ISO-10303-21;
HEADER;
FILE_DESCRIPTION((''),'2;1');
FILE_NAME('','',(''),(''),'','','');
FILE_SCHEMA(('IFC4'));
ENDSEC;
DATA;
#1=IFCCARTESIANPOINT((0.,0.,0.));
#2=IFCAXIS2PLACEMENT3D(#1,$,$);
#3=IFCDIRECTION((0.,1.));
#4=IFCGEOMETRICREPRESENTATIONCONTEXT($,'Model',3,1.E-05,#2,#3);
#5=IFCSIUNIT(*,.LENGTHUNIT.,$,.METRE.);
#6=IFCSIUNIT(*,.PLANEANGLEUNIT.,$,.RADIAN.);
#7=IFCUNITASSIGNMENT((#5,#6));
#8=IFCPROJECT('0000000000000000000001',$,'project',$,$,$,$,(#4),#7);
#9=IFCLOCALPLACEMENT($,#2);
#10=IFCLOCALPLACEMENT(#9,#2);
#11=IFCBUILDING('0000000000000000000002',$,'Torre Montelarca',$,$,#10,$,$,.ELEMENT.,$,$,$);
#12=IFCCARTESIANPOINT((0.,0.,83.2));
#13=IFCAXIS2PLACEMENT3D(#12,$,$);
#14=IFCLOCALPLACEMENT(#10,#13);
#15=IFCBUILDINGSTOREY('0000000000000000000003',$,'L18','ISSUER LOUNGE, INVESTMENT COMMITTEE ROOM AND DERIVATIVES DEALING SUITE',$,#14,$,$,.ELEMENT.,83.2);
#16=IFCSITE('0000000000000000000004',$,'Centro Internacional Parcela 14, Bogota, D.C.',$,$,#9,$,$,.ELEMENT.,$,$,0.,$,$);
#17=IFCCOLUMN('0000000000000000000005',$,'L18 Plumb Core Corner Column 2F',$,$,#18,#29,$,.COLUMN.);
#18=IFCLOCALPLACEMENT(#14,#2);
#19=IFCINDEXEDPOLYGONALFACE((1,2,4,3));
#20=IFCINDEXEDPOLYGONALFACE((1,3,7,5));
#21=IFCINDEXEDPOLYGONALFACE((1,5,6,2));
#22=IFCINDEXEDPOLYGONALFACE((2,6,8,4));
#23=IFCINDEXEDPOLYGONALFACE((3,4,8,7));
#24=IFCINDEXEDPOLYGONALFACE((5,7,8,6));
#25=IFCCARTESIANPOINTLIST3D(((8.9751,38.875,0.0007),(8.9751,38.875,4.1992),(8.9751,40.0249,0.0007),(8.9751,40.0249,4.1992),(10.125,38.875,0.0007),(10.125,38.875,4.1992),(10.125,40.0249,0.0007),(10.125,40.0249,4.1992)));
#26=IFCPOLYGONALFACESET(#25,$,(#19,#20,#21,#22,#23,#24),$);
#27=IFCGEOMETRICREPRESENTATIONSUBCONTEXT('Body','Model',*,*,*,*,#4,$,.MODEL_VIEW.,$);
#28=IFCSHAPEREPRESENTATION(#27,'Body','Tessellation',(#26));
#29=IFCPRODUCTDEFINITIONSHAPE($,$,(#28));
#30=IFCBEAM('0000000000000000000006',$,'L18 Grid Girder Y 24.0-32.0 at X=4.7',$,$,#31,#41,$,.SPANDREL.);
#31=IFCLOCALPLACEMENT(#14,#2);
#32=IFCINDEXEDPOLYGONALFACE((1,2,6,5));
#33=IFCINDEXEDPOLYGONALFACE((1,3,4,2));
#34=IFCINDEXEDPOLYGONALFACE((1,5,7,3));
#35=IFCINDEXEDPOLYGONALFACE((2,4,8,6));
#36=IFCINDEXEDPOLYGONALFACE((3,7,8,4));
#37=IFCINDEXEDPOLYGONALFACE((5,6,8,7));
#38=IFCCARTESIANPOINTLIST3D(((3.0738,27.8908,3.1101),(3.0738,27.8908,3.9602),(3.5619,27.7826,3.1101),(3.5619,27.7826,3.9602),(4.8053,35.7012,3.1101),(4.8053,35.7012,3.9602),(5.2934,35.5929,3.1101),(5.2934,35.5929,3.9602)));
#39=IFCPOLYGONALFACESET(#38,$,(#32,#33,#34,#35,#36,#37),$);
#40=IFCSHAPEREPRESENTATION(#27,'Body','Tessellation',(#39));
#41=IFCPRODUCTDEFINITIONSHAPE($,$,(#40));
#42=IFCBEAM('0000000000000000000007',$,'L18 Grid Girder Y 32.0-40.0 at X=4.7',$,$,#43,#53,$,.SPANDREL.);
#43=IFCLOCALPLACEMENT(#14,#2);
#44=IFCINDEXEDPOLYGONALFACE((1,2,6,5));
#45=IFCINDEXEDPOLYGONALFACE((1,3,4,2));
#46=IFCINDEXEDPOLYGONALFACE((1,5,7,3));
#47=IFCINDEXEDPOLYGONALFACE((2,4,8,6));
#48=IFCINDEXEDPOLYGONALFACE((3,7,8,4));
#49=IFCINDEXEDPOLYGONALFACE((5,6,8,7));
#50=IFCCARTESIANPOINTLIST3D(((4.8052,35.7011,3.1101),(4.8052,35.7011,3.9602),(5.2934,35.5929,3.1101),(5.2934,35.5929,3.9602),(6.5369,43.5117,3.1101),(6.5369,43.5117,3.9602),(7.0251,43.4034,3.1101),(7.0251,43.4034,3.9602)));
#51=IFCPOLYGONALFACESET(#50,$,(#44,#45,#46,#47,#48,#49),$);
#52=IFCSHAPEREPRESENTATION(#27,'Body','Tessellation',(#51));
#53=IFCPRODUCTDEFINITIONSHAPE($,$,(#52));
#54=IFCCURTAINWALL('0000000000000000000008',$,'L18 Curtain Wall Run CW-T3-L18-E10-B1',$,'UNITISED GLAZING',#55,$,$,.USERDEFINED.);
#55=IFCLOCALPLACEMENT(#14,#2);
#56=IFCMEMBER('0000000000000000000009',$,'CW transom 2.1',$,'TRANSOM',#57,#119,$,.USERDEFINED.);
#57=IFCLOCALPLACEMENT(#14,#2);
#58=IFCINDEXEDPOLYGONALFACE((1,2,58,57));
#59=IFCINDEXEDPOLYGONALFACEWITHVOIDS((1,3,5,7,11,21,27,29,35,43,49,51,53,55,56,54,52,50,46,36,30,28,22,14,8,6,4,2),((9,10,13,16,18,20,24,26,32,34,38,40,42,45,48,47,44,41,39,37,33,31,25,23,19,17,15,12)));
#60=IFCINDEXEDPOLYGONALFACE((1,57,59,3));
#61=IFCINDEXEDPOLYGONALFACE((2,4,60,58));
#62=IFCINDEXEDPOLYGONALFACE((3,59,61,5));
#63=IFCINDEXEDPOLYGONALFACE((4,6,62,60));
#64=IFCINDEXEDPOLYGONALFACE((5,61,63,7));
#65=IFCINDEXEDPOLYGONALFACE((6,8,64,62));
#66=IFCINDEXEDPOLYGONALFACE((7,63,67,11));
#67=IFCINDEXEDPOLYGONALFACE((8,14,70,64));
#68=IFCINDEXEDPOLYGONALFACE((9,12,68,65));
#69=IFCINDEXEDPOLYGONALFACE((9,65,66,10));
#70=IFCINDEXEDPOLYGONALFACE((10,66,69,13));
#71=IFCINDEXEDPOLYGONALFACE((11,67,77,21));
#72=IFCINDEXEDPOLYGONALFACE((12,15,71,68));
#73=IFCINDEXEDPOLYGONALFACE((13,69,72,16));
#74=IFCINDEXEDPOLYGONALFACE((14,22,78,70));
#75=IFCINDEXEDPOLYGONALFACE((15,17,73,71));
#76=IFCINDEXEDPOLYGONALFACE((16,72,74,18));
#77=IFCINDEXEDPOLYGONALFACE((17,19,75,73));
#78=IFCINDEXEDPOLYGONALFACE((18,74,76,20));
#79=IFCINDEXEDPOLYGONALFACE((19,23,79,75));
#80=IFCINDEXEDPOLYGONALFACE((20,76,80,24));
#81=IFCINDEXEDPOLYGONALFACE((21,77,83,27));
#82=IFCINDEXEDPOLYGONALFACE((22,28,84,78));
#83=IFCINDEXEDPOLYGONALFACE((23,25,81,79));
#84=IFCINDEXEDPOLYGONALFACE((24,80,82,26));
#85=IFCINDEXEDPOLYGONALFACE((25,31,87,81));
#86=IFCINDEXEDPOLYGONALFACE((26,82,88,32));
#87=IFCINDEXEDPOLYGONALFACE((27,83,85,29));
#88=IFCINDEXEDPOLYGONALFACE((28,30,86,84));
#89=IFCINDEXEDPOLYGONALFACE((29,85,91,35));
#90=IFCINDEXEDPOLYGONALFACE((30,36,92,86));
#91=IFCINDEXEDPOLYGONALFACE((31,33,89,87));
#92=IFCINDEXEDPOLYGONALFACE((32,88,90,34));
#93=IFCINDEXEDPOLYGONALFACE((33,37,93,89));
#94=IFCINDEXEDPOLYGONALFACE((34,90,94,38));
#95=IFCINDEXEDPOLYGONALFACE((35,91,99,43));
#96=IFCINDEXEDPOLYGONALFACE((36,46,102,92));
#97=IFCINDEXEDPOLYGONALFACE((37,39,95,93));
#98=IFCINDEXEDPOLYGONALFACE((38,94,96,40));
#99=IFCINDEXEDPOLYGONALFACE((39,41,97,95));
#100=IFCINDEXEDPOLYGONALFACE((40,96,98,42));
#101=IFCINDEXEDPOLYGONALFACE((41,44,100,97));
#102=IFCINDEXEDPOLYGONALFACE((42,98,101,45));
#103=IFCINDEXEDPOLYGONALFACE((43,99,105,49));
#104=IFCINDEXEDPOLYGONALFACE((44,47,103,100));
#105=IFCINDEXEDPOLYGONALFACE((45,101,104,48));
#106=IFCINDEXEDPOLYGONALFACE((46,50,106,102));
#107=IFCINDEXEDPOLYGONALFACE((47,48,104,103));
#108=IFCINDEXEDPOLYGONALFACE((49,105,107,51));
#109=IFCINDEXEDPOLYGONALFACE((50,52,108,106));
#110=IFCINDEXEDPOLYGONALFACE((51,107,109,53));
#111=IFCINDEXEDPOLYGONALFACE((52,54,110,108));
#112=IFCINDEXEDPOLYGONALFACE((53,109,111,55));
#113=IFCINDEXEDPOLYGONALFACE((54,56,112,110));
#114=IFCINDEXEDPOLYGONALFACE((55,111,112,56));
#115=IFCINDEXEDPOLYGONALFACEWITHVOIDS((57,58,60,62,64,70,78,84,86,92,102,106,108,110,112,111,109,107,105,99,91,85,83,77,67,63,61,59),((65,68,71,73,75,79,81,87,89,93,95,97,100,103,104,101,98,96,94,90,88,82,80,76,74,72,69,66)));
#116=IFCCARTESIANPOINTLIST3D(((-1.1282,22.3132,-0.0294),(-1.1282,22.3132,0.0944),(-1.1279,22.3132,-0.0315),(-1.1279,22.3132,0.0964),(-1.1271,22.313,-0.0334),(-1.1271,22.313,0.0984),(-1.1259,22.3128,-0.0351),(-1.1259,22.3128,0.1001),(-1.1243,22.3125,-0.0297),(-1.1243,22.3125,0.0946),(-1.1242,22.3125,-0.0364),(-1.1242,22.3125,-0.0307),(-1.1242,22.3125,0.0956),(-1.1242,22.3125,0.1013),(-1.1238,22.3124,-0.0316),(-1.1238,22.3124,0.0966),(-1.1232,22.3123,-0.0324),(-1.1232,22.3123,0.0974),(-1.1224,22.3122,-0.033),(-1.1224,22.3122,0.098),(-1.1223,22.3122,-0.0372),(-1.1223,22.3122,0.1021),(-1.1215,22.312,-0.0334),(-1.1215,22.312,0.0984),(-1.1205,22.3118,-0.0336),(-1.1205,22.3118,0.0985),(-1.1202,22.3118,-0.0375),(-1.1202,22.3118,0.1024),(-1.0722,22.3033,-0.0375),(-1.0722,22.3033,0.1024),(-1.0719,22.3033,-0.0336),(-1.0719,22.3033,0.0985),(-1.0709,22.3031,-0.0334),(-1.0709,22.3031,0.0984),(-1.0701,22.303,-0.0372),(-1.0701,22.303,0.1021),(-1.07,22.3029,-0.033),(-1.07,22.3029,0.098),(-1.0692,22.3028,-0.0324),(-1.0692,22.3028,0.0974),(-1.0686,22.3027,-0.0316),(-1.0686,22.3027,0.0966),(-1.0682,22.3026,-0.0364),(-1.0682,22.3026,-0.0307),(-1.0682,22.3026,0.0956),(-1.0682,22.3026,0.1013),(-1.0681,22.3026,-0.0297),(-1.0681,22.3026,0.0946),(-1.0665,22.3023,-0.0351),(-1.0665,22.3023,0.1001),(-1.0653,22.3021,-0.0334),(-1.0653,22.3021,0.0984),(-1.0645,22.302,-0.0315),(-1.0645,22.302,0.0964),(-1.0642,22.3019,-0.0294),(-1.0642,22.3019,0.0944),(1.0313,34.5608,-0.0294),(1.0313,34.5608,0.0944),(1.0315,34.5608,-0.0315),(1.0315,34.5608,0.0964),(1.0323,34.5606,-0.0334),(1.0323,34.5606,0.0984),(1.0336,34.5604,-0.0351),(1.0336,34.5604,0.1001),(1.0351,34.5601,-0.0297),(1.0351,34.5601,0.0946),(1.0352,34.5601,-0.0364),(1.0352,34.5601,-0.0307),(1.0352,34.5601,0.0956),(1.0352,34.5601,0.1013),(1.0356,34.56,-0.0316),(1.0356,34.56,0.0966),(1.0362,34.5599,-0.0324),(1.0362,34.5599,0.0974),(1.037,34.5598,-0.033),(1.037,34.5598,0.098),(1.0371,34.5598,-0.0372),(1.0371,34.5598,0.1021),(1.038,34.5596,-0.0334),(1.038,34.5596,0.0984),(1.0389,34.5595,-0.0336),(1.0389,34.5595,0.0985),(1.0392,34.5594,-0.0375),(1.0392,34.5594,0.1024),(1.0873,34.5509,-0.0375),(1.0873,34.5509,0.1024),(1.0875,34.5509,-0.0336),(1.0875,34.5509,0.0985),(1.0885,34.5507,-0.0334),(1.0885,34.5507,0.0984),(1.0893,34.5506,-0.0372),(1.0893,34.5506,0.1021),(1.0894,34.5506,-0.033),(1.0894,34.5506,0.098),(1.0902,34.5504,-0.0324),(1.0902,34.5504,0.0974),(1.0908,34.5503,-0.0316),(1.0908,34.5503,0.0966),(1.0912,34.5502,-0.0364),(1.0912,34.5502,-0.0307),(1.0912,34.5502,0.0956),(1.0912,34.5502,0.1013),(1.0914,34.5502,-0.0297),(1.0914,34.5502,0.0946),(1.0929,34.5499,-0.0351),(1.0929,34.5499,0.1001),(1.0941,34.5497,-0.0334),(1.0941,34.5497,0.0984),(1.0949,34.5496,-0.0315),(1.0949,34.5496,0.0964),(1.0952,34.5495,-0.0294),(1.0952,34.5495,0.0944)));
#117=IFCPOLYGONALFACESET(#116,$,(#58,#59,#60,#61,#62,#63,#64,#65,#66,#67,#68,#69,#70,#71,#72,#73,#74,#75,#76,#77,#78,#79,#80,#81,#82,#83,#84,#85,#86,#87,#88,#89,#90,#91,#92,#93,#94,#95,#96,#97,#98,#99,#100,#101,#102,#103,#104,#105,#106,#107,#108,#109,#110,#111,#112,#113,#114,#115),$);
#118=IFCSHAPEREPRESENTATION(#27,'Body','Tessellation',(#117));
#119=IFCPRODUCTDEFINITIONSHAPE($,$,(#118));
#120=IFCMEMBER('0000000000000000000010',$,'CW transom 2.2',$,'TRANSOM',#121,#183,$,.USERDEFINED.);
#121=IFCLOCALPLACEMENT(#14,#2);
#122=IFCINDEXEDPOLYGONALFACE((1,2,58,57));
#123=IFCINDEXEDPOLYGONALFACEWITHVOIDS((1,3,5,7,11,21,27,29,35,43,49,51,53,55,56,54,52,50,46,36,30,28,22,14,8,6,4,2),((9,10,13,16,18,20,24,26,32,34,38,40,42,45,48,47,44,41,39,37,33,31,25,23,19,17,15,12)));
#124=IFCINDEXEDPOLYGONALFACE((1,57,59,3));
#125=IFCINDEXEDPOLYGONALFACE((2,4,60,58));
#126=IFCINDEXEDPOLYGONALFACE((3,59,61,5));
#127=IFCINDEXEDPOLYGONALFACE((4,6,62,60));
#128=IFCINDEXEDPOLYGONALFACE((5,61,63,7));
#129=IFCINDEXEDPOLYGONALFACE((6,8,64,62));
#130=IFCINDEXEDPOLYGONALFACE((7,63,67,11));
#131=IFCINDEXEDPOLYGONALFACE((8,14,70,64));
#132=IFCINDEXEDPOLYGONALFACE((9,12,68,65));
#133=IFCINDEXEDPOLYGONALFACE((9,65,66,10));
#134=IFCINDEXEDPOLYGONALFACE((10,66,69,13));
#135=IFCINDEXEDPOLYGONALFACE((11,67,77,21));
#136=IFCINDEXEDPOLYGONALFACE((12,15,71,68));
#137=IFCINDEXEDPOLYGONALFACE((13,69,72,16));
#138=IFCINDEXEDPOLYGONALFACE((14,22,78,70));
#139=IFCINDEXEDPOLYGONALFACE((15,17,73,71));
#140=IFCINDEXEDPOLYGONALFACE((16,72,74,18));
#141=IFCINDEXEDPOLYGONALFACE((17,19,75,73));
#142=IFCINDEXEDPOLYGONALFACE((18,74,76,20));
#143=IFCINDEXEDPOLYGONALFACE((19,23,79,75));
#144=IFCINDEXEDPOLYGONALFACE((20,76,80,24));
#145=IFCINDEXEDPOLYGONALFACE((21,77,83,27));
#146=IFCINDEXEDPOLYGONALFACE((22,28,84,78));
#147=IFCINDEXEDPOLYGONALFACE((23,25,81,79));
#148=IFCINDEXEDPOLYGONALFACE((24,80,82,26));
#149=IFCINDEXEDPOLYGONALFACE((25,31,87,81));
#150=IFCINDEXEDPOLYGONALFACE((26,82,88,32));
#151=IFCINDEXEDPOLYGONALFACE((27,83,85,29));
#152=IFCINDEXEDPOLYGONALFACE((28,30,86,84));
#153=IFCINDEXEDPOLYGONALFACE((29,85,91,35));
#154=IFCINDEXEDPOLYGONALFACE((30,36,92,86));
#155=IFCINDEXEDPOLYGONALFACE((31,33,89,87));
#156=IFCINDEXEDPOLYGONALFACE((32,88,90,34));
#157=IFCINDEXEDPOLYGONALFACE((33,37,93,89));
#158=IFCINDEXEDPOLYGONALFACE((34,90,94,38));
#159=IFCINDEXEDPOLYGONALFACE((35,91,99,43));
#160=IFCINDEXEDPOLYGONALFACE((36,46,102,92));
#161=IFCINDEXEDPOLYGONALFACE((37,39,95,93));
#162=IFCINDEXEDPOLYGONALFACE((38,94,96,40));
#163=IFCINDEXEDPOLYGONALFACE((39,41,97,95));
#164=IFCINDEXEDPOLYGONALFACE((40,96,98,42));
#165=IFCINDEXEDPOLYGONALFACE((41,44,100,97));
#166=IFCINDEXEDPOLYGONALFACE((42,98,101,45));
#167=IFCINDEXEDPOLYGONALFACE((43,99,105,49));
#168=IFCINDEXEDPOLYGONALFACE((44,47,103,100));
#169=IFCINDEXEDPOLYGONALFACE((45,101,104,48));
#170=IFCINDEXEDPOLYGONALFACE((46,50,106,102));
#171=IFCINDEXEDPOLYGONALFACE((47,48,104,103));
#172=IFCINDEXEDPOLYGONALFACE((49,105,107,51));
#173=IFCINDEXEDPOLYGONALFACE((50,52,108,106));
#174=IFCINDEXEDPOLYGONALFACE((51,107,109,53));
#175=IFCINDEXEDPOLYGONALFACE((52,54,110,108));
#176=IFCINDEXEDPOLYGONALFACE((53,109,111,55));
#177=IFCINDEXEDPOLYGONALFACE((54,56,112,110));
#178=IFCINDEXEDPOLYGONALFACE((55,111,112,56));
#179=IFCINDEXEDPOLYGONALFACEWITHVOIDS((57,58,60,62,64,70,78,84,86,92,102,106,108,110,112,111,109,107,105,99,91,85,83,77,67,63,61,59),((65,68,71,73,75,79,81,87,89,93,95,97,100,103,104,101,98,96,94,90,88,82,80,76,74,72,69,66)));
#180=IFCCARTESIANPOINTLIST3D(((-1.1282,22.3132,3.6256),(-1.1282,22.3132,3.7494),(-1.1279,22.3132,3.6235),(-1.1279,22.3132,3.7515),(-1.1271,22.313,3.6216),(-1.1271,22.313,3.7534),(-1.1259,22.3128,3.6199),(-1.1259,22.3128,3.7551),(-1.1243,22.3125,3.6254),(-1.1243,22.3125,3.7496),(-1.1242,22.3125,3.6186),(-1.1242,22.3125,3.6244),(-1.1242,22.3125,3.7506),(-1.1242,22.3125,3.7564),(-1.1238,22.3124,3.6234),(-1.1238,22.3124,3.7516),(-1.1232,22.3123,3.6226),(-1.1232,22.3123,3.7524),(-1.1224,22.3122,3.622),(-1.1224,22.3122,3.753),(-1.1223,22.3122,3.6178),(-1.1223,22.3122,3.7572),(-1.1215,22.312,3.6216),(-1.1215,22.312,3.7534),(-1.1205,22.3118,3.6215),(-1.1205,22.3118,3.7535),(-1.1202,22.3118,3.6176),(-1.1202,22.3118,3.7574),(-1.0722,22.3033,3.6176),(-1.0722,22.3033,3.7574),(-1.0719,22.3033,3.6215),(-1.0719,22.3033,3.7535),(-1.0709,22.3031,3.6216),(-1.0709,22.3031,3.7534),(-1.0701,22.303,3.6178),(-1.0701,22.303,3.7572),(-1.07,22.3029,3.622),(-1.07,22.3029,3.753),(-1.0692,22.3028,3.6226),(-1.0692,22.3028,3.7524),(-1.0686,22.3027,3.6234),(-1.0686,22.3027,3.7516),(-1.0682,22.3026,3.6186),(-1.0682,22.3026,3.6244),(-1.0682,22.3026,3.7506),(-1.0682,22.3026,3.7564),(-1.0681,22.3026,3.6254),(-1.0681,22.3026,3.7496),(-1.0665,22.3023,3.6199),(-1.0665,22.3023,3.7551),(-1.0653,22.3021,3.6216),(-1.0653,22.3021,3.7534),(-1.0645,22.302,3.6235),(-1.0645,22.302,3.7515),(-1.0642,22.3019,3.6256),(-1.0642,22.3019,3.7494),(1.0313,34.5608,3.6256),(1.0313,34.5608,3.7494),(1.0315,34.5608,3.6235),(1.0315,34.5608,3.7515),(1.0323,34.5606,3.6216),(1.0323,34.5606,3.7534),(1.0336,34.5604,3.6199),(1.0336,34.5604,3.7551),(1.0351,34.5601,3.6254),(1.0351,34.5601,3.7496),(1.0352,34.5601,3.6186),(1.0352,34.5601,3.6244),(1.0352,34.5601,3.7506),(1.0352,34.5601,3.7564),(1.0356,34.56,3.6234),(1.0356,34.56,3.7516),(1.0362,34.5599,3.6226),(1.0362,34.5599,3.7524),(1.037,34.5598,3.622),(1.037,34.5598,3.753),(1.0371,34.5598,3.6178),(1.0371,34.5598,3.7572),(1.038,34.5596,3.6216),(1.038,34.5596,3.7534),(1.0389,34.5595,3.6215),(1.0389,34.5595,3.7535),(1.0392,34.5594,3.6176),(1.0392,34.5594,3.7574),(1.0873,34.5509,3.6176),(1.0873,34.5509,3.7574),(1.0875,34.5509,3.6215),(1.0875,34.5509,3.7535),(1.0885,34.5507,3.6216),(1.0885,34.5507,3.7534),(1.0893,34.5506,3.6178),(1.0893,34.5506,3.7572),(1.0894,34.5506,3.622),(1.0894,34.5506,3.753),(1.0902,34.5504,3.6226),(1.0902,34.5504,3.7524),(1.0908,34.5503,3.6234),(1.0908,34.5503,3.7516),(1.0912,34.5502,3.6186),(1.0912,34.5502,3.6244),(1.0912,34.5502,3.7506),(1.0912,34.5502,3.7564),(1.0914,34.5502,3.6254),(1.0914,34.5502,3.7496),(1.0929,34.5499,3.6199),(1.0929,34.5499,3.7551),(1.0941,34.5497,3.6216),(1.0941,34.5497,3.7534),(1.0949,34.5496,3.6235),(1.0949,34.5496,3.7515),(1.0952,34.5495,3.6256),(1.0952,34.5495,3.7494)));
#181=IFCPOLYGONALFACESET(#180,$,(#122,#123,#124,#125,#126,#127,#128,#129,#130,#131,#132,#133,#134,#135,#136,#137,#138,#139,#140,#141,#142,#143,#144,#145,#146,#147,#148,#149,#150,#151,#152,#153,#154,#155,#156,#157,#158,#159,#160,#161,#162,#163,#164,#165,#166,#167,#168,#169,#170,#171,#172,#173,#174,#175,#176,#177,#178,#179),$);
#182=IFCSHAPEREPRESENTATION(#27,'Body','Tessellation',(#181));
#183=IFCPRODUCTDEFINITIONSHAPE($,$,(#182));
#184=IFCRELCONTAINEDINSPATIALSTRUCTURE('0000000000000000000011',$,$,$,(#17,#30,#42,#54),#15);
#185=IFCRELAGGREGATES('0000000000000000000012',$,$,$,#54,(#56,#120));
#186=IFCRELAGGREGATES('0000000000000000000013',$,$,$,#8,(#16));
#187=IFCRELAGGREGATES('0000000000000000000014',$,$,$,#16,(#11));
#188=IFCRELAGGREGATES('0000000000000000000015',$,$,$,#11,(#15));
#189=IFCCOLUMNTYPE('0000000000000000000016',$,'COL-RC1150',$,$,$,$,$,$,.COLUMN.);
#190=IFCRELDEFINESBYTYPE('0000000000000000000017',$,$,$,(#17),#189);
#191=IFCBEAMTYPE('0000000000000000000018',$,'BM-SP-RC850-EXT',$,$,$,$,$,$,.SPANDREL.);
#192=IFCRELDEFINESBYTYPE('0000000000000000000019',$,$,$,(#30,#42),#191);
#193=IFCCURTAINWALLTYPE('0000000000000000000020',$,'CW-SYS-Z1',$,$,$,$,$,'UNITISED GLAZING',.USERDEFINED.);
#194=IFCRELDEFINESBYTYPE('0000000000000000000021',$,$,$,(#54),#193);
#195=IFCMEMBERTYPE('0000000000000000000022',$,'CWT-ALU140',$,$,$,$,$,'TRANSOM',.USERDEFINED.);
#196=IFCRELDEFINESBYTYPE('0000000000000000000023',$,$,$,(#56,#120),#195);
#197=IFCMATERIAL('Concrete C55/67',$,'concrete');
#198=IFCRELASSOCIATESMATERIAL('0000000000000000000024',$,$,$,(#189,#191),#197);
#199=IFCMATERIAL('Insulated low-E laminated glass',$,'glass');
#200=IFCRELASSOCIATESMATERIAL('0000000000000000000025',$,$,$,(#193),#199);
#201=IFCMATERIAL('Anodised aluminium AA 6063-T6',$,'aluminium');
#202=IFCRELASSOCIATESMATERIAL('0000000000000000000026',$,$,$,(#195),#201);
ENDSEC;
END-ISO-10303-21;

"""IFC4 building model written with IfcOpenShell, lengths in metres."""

from ifc_helpers import new_model, si_unit, direction, frame, origin, origin_2d, place, context, subcontext, project, spatial, rectangle, hollow_rectangle, extrude, source, transform, mapped, material, material_profile, profile_set, type_object, element, aggregate, save


model = new_model("IFC4")

# Units and contexts
model_context = context("Model", 3, precision=1e-05, world=origin(), true_north=direction((0.0, 1.0)))
body_context = subcontext(model_context, "Body", "Model", "MODEL_VIEW")
ifc_project = project(units=[si_unit("LENGTHUNIT", "METRE"), si_unit("PLANEANGLEUNIT", "RADIAN")], contexts=[model_context])

# Site, building, storey
site_placement = place(None, origin())
site = spatial("IfcSite", under=ifc_project, at=site_placement, Name="Centro Internacional Parcela 14, Bogota, D.C.", CompositionType="ELEMENT", RefElevation=0.0)
building_placement = place(site_placement, origin())
building = spatial("IfcBuilding", under=site, at=building_placement, Name="Torre Montelarca", CompositionType="ELEMENT")
storey_placement = place(building_placement, frame((0.0, 0.0, 83.2)))
storey = spatial("IfcBuildingStorey", under=building, at=storey_placement, Name="L18", Description="ISSUER LOUNGE, INVESTMENT COMMITTEE ROOM AND DERIVATIVES DEALING SUITE", CompositionType="ELEMENT", Elevation=83.2)

# Column
ifc_material_1 = material(Name="Concrete C55/67", Category="concrete")
ifc_material_profile_1 = material_profile(ifc_material_1, rectangle(XDim=1.1499, YDim=1.1499, at=origin_2d()), Name="RC1150X1150", Category="concrete")
ifc_profile_set_1 = profile_set([ifc_material_profile_1], Name="Concrete C55/67")
column_type_1 = type_object("IfcColumnType", Name="COL-RC1150", PredefinedType="COLUMN", material=ifc_profile_set_1)
shared_shape_1 = source(origin(), body_context, "Body", "SweptSolid", [
    extrude(rectangle(XDim=1.1499, YDim=1.1499, at=origin_2d()), origin(), (0.0, 0.0, 1.0), 4.1985),
])
column_1_placement = place(storey_placement, frame((9.55, 39.45, 0.0007), z_axis=(0.0, 0.0, 1.0), x_axis=(1.0, 0.0, 0.0)))
element("IfcColumn", 1, at=column_1_placement, inside=storey, type_object=column_type_1, Name="L18 Plumb Core Corner Column 2F", PredefinedType="COLUMN", context=body_context, shape_type="MappedRepresentation", body=[
    mapped(shared_shape_1, transform((0.0, 0.0, 0.0), scale=1.0)),
])

# Beams
ifc_material_profile_2 = material_profile(ifc_material_1, rectangle(XDim=0.5, YDim=0.8501, at=origin_2d()), Name="RCB500X850", Category="concrete")
ifc_profile_set_2 = profile_set([ifc_material_profile_2], Name="Concrete C55/67")
beam_type = type_object("IfcBeamType", Name="BM-SP-RC850-EXT", PredefinedType="SPANDREL", material=ifc_profile_set_2)
shared_shape_2 = source(origin(), body_context, "Body", "SweptSolid", [
    extrude(rectangle(XDim=0.5, YDim=0.8501, at=origin_2d()), origin(), (0.0, 0.0, 1.0), 8.0),
])
beam_1_placement = place(storey_placement, frame((3.3179, 27.8367, 3.5352), z_axis=(0.216433, 0.976298, 0.0), x_axis=(-0.976298, 0.216433, 0.0)))
element("IfcBeam", 2, at=beam_1_placement, inside=storey, type_object=beam_type, Name="L18 Grid Girder Y 24.0-32.0 at X=4.7", PredefinedType="SPANDREL", context=body_context, shape_type="MappedRepresentation", body=[
    mapped(shared_shape_2, transform((0.0, 0.0, 0.0), scale=1.0)),
])
shared_shape_3 = source(origin(), body_context, "Body", "SweptSolid", [
    extrude(rectangle(XDim=0.5, YDim=0.8501, at=origin_2d()), origin(), (0.0, 0.0, 1.0), 8.0002),
])
beam_2_placement = place(storey_placement, frame((5.0493, 35.647, 3.5352), z_axis=(0.216455, 0.976292, 0.0), x_axis=(-0.976292, 0.216455, 0.0)))
element("IfcBeam", 3, at=beam_2_placement, inside=storey, type_object=beam_type, Name="L18 Grid Girder Y 32.0-40.0 at X=4.7", PredefinedType="SPANDREL", context=body_context, shape_type="MappedRepresentation", body=[
    mapped(shared_shape_3, transform((0.0, 0.0, 0.0), scale=1.0)),
])

# Curtain wall, members
ifc_material_2 = material(Name="Insulated low-E laminated glass", Category="glass")
curtain_wall_type = type_object("IfcCurtainWallType", Name="CW-SYS-Z1", ElementType="UNITISED GLAZING", PredefinedType="USERDEFINED", material=ifc_material_2)
curtain_wall_placement = place(storey_placement, origin())
curtain_wall = element("IfcCurtainWall", 4, at=curtain_wall_placement, inside=storey, type_object=curtain_wall_type, Name="L18 Curtain Wall Run CW-T3-L18-E10-B1", ObjectType="UNITISED GLAZING", PredefinedType="USERDEFINED")
ifc_material_3 = material(Name="Anodised aluminium AA 6063-T6", Category="aluminium")
ifc_material_profile_3 = material_profile(ifc_material_3, hollow_rectangle(XDim=0.0649, YDim=0.1399, WallThickness=0.0039, InnerFilletRadius=0.0039, OuterFilletRadius=0.0081, at=origin_2d()), Name="ALU65X140X4", Category="aluminium")
ifc_profile_set_3 = profile_set([ifc_material_profile_3], Name="Anodised aluminium AA 6063-T6")
member_type_1 = type_object("IfcMemberType", Name="CWT-ALU140", ElementType="TRANSOM", PredefinedType="USERDEFINED", material=ifc_profile_set_3)
shared_shape_4 = source(origin(), body_context, "Body", "SweptSolid", [
    extrude(hollow_rectangle(XDim=0.0649, YDim=0.1399, WallThickness=0.0039, InnerFilletRadius=0.0039, OuterFilletRadius=0.0081, at=origin_2d()), origin(), (0.0, 0.0, 1.0), 12.4365),
])
member_1_placement = place(storey_placement, frame((1.0632, 34.5552, 0.0325), z_axis=(-0.173636, -0.98481, 0.0), x_axis=(0.98481, -0.173636, 0.0)))
member_1 = element("IfcMember", 5, at=member_1_placement, type_object=member_type_1, Name="CW transom 2.1", ObjectType="TRANSOM", PredefinedType="USERDEFINED", context=body_context, shape_type="MappedRepresentation", body=[
    mapped(shared_shape_4, transform((0.0, 0.0, 0.0), scale=1.0)),
])
member_2_placement = place(storey_placement, frame((1.0632, 34.5552, 3.6875), z_axis=(-0.173636, -0.98481, 0.0), x_axis=(0.98481, -0.173636, 0.0)))
member_2 = element("IfcMember", 6, at=member_2_placement, type_object=member_type_1, Name="CW transom 2.2", ObjectType="TRANSOM", PredefinedType="USERDEFINED", context=body_context, shape_type="MappedRepresentation", body=[
    mapped(shared_shape_4, transform((0.0, 0.0, 0.0), scale=1.0)),
])

aggregate(curtain_wall, [member_1, member_2])

save(model, "model.ifc")
